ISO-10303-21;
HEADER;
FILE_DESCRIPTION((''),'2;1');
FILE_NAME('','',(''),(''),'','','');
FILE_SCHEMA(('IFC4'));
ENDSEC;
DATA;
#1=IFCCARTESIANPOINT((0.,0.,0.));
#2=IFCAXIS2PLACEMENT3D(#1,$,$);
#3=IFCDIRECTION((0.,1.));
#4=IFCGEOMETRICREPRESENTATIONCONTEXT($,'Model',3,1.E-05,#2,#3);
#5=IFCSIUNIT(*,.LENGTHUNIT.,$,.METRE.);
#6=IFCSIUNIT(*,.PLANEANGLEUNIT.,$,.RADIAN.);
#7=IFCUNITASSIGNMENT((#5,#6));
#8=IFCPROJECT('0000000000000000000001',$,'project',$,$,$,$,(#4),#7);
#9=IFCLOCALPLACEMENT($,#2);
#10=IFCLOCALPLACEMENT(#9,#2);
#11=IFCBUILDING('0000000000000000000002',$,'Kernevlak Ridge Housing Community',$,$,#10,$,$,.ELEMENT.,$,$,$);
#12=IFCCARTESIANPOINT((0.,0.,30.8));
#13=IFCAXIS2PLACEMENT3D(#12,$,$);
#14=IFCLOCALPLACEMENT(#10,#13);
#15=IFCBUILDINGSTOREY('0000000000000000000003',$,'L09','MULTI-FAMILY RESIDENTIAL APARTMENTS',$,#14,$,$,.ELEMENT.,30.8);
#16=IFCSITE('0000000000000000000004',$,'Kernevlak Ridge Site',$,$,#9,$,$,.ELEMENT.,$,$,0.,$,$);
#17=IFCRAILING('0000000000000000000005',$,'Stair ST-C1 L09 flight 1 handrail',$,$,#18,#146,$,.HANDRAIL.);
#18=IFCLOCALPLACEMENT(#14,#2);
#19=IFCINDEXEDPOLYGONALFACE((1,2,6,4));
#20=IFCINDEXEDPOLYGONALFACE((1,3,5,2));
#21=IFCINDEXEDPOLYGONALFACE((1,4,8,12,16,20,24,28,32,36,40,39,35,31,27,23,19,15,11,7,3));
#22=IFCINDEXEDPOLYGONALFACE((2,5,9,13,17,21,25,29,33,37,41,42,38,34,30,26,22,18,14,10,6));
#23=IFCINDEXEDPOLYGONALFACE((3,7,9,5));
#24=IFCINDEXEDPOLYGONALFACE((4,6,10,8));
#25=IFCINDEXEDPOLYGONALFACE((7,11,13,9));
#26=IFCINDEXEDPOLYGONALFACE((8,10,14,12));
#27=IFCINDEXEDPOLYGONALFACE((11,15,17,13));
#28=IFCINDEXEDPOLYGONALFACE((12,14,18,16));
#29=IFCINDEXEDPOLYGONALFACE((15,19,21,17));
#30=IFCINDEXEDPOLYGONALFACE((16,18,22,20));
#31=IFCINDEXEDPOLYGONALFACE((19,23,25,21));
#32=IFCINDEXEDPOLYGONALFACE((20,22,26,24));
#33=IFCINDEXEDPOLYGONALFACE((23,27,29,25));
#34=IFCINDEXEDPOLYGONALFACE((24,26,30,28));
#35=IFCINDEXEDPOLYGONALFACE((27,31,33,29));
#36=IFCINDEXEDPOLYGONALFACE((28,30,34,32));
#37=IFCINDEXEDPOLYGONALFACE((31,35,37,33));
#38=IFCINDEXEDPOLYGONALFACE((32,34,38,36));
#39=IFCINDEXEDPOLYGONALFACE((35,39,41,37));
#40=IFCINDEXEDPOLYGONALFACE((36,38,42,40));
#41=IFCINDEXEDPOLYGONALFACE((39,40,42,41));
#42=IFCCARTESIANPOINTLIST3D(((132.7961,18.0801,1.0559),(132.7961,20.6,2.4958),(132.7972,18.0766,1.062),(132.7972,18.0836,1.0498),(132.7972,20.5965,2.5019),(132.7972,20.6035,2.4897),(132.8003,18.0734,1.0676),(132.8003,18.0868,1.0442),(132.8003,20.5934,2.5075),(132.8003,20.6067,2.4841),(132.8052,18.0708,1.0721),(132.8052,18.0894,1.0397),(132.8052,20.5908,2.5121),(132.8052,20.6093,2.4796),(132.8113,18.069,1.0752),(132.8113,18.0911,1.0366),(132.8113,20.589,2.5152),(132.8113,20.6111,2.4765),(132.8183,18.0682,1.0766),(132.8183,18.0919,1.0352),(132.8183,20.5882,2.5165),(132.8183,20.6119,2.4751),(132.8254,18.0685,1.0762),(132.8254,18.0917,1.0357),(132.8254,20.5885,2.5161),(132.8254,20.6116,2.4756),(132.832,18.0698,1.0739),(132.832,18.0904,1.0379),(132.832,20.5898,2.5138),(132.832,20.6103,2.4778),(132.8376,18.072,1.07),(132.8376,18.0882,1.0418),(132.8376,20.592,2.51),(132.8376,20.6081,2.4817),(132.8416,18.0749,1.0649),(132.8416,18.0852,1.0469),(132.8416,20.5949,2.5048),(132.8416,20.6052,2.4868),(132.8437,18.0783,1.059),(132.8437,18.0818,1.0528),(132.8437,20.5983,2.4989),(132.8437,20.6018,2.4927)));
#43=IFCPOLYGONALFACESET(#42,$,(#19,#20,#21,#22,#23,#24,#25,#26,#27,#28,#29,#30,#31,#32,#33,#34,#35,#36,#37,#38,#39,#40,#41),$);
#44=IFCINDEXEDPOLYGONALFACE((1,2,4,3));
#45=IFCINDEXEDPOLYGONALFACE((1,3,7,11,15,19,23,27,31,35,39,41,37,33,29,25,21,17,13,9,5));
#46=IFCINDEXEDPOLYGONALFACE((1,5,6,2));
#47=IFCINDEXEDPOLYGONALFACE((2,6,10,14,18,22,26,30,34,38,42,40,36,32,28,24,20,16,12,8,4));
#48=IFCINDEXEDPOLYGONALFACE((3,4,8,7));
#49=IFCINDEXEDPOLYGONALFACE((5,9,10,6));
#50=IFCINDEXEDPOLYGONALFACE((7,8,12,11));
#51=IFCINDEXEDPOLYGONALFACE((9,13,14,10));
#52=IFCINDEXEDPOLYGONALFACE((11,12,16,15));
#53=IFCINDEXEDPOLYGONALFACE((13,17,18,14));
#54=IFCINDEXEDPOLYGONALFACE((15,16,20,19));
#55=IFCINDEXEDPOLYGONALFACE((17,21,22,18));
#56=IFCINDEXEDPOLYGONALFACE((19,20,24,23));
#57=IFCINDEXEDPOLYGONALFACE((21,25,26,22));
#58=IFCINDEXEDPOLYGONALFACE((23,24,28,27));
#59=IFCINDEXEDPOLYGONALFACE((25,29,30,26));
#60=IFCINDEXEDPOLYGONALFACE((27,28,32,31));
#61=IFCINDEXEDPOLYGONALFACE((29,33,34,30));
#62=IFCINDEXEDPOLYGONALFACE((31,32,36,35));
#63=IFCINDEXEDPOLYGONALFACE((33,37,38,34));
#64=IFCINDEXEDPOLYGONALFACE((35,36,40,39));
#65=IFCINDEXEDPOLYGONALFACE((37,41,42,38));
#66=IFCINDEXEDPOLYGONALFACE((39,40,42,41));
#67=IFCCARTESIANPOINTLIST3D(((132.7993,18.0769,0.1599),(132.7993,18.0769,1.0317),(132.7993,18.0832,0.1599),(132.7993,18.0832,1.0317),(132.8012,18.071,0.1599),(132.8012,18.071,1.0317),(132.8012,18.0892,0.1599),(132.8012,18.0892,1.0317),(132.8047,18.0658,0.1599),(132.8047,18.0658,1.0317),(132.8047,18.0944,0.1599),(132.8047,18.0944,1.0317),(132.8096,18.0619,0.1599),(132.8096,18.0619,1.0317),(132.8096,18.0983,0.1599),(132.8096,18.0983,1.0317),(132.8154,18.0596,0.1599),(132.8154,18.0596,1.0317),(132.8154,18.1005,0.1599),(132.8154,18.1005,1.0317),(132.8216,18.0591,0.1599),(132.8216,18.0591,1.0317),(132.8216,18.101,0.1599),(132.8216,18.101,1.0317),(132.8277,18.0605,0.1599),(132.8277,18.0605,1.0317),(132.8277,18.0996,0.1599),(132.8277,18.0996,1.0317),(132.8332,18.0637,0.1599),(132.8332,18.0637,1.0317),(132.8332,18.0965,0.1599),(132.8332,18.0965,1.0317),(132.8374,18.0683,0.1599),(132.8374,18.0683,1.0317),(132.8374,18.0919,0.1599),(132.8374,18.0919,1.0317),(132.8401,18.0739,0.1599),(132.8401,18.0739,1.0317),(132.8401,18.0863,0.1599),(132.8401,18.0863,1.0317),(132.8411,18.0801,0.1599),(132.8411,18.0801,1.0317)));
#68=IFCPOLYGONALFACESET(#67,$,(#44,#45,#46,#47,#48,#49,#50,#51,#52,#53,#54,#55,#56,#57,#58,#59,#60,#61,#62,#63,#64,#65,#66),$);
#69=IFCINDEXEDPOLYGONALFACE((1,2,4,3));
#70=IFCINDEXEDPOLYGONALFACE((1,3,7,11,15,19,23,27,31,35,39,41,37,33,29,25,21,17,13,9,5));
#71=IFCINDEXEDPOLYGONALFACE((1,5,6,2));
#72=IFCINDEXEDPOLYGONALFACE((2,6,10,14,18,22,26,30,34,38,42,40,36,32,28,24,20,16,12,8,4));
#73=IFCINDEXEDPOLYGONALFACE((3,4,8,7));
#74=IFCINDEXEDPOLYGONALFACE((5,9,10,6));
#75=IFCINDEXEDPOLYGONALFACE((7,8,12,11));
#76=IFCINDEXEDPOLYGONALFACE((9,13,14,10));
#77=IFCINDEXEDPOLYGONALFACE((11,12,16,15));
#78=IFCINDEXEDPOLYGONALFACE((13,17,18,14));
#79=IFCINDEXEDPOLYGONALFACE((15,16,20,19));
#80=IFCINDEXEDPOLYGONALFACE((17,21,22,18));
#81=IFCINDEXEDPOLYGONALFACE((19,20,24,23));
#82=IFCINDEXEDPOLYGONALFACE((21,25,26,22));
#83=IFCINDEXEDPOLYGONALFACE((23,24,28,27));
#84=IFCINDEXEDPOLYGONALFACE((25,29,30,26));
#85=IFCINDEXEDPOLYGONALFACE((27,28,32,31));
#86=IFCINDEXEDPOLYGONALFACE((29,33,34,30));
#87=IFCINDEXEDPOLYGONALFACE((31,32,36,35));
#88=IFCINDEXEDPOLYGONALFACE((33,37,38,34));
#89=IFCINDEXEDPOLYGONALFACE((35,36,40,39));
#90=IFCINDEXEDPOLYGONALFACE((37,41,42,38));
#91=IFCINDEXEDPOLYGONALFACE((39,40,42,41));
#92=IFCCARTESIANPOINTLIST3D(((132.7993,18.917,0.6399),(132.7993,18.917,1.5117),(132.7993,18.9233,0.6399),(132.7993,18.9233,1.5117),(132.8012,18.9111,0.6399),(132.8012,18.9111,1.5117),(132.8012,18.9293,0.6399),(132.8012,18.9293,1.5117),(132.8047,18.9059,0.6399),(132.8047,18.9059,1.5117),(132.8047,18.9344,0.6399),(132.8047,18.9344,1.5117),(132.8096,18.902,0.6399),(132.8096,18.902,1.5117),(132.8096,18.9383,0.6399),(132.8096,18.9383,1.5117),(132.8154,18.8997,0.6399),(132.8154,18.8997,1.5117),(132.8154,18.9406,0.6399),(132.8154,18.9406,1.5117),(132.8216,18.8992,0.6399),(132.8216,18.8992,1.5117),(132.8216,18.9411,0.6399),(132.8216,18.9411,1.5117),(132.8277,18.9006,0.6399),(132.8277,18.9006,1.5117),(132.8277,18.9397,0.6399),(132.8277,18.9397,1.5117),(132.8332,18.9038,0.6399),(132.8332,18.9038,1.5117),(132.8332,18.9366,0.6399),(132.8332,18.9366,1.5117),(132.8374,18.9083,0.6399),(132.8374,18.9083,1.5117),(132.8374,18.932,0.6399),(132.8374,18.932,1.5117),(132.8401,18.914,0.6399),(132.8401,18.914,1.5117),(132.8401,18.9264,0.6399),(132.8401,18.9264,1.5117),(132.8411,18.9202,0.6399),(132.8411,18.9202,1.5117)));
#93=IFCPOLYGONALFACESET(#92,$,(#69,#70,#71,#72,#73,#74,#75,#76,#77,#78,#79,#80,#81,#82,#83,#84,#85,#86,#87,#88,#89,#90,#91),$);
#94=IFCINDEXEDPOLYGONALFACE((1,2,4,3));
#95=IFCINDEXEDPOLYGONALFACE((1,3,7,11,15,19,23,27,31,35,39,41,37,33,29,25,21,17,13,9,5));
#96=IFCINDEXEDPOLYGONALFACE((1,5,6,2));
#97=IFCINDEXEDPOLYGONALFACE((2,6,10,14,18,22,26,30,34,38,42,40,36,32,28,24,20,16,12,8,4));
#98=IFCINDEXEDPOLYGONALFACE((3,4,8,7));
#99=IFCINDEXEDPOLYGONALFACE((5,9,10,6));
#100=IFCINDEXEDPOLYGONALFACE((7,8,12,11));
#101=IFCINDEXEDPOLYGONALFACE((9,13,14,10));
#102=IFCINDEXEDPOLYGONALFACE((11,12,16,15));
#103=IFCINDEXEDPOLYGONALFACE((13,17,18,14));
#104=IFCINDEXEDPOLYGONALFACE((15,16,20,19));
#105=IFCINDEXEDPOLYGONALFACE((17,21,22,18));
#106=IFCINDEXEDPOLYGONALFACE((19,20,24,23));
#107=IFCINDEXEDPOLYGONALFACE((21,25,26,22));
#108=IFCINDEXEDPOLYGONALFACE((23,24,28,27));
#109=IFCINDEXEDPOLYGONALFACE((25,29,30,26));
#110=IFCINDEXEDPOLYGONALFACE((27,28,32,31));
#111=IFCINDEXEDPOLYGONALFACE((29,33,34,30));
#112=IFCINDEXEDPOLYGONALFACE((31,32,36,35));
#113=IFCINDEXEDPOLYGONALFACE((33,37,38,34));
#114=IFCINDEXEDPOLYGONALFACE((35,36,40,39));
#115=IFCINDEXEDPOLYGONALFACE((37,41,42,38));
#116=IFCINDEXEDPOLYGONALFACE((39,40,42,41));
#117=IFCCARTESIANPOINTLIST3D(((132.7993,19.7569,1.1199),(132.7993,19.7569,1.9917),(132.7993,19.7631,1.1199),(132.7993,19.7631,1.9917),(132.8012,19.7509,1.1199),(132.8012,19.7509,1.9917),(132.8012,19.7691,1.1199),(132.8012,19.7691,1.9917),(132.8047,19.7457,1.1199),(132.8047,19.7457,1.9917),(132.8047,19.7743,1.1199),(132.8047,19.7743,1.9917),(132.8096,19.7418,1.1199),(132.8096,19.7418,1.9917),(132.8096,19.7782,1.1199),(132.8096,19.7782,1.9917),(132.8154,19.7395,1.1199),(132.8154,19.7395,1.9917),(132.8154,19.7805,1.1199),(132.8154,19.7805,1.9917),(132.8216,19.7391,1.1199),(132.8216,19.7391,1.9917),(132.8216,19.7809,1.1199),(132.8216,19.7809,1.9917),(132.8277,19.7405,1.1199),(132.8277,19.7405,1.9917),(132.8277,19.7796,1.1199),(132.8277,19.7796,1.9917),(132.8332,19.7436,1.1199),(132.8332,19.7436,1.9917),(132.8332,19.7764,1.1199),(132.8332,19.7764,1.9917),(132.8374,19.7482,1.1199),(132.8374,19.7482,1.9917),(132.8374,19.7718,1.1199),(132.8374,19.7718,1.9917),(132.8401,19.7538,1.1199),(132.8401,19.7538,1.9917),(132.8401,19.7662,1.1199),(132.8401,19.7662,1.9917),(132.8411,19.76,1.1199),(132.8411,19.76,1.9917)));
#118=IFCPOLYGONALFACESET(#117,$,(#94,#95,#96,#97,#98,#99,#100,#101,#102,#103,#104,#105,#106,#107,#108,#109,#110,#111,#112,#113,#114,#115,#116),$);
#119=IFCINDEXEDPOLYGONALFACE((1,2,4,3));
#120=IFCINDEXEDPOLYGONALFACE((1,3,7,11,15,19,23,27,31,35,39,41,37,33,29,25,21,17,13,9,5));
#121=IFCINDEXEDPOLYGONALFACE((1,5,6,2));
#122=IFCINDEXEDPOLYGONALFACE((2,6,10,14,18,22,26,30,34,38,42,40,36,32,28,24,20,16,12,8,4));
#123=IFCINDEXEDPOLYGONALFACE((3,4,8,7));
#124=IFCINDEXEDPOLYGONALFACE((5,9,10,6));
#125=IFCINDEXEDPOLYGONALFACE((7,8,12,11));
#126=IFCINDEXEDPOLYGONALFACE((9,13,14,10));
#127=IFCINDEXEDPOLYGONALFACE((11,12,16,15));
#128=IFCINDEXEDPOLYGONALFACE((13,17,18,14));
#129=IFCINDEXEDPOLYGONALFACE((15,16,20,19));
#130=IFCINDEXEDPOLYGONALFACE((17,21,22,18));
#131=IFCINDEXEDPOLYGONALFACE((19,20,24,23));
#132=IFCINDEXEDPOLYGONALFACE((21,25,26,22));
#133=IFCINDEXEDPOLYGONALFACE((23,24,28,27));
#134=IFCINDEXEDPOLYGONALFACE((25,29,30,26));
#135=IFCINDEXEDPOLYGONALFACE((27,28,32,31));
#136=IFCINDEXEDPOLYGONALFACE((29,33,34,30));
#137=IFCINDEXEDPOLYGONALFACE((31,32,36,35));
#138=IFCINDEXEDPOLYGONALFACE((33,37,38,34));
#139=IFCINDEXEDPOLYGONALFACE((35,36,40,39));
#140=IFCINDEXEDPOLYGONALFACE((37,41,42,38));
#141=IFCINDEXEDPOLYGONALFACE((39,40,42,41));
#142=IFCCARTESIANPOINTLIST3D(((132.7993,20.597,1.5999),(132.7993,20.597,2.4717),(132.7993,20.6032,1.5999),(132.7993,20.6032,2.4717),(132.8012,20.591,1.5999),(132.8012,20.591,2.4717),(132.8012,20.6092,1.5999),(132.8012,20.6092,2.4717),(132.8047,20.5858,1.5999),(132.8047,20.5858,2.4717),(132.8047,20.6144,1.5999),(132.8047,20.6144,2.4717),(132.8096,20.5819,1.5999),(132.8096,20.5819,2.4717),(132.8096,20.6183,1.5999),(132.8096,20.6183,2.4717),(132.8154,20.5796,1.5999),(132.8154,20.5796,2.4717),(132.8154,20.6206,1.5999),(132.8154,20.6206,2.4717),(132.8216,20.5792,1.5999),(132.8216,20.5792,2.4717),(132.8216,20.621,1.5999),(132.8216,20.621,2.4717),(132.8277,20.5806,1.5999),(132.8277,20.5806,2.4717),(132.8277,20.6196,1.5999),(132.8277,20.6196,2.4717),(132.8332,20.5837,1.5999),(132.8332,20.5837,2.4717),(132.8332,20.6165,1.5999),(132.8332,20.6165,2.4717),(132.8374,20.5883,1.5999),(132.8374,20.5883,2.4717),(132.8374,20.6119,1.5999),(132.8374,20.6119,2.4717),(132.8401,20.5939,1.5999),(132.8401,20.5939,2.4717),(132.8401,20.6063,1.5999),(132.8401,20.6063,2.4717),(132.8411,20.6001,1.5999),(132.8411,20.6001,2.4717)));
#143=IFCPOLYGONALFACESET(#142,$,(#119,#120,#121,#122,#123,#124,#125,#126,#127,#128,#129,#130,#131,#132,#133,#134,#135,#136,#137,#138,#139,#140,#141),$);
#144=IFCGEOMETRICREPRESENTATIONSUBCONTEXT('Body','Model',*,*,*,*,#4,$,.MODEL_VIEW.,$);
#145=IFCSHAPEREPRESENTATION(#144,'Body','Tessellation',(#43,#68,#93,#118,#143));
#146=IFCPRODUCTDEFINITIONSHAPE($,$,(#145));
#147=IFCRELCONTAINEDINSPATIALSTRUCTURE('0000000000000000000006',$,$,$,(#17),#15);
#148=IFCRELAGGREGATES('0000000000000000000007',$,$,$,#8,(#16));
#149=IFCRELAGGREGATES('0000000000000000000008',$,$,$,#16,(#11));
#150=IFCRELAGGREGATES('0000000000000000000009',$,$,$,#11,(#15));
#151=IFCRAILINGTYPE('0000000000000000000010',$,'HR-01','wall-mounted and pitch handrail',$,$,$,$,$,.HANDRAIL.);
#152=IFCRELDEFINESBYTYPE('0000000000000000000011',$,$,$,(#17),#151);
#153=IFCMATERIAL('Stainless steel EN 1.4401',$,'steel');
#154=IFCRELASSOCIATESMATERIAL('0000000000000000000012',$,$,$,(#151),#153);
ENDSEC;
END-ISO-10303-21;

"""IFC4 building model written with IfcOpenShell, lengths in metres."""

from ifc_helpers import new_model, si_unit, direction, frame, origin, origin_2d, place, context, subcontext, project, spatial, circle, extrude, material, type_object, element, save


model = new_model("IFC4")

# Units and contexts
model_context = context("Model", 3, precision=1e-05, world=origin(), true_north=direction((0.0, 1.0)))
body_context = subcontext(model_context, "Body", "Model", "MODEL_VIEW")
ifc_project = project(units=[si_unit("LENGTHUNIT", "METRE"), si_unit("PLANEANGLEUNIT", "RADIAN")], contexts=[model_context])

# Site, building, storey
site_placement = place(None, origin())
site = spatial("IfcSite", under=ifc_project, at=site_placement, Name="Kernevlak Ridge Site", CompositionType="ELEMENT", RefElevation=0.0)
building_placement = place(site_placement, origin())
building = spatial("IfcBuilding", under=site, at=building_placement, Name="Kernevlak Ridge Housing Community", CompositionType="ELEMENT")
storey_placement = place(building_placement, frame((0.0, 0.0, 30.8)))
storey = spatial("IfcBuildingStorey", under=building, at=storey_placement, Name="L09", Description="MULTI-FAMILY RESIDENTIAL APARTMENTS", CompositionType="ELEMENT", Elevation=30.8)

# Shared definitions
ifc_material_1 = material(Name="Stainless steel EN 1.4401", Category="steel")

# Railing
railing_type_1 = type_object("IfcRailingType", Name="HR-01", Description="wall-mounted and pitch handrail", PredefinedType="HANDRAIL", material=ifc_material_1)
railing_1_placement = place(storey_placement, frame((132.8201, 18.0801, 0.1599)))
element("IfcRailing", 1, at=railing_1_placement, inside=storey, type_object=railing_type_1, Name="Stair ST-C1 L09 flight 1 handrail", PredefinedType="HANDRAIL", context=body_context, shape_type="SweptSolid", body=[
    extrude(circle(Radius=0.0239, at=origin_2d()), frame((0.0, 0.0, 0.896), z_axis=(0.0, 0.868253, 0.496121), x_axis=(-1.0, 0.0, 0.0)), (0.0, 0.0, 1.0), 2.9023),
    extrude(circle(Radius=0.021, at=origin_2d()), origin(), (0.0, 0.0, 1.0), 0.8718),
    extrude(circle(Radius=0.021, at=origin_2d()), frame((0.0, 0.8401, 0.48)), (0.0, 0.0, 1.0), 0.8718),
    extrude(circle(Radius=0.021, at=origin_2d()), frame((0.0, 1.6799, 0.96)), (0.0, 0.0, 1.0), 0.8718),
    extrude(circle(Radius=0.021, at=origin_2d()), frame((0.0, 2.52, 1.4399)), (0.0, 0.0, 1.0), 0.8718),
])

save(model, "model.ifc")
